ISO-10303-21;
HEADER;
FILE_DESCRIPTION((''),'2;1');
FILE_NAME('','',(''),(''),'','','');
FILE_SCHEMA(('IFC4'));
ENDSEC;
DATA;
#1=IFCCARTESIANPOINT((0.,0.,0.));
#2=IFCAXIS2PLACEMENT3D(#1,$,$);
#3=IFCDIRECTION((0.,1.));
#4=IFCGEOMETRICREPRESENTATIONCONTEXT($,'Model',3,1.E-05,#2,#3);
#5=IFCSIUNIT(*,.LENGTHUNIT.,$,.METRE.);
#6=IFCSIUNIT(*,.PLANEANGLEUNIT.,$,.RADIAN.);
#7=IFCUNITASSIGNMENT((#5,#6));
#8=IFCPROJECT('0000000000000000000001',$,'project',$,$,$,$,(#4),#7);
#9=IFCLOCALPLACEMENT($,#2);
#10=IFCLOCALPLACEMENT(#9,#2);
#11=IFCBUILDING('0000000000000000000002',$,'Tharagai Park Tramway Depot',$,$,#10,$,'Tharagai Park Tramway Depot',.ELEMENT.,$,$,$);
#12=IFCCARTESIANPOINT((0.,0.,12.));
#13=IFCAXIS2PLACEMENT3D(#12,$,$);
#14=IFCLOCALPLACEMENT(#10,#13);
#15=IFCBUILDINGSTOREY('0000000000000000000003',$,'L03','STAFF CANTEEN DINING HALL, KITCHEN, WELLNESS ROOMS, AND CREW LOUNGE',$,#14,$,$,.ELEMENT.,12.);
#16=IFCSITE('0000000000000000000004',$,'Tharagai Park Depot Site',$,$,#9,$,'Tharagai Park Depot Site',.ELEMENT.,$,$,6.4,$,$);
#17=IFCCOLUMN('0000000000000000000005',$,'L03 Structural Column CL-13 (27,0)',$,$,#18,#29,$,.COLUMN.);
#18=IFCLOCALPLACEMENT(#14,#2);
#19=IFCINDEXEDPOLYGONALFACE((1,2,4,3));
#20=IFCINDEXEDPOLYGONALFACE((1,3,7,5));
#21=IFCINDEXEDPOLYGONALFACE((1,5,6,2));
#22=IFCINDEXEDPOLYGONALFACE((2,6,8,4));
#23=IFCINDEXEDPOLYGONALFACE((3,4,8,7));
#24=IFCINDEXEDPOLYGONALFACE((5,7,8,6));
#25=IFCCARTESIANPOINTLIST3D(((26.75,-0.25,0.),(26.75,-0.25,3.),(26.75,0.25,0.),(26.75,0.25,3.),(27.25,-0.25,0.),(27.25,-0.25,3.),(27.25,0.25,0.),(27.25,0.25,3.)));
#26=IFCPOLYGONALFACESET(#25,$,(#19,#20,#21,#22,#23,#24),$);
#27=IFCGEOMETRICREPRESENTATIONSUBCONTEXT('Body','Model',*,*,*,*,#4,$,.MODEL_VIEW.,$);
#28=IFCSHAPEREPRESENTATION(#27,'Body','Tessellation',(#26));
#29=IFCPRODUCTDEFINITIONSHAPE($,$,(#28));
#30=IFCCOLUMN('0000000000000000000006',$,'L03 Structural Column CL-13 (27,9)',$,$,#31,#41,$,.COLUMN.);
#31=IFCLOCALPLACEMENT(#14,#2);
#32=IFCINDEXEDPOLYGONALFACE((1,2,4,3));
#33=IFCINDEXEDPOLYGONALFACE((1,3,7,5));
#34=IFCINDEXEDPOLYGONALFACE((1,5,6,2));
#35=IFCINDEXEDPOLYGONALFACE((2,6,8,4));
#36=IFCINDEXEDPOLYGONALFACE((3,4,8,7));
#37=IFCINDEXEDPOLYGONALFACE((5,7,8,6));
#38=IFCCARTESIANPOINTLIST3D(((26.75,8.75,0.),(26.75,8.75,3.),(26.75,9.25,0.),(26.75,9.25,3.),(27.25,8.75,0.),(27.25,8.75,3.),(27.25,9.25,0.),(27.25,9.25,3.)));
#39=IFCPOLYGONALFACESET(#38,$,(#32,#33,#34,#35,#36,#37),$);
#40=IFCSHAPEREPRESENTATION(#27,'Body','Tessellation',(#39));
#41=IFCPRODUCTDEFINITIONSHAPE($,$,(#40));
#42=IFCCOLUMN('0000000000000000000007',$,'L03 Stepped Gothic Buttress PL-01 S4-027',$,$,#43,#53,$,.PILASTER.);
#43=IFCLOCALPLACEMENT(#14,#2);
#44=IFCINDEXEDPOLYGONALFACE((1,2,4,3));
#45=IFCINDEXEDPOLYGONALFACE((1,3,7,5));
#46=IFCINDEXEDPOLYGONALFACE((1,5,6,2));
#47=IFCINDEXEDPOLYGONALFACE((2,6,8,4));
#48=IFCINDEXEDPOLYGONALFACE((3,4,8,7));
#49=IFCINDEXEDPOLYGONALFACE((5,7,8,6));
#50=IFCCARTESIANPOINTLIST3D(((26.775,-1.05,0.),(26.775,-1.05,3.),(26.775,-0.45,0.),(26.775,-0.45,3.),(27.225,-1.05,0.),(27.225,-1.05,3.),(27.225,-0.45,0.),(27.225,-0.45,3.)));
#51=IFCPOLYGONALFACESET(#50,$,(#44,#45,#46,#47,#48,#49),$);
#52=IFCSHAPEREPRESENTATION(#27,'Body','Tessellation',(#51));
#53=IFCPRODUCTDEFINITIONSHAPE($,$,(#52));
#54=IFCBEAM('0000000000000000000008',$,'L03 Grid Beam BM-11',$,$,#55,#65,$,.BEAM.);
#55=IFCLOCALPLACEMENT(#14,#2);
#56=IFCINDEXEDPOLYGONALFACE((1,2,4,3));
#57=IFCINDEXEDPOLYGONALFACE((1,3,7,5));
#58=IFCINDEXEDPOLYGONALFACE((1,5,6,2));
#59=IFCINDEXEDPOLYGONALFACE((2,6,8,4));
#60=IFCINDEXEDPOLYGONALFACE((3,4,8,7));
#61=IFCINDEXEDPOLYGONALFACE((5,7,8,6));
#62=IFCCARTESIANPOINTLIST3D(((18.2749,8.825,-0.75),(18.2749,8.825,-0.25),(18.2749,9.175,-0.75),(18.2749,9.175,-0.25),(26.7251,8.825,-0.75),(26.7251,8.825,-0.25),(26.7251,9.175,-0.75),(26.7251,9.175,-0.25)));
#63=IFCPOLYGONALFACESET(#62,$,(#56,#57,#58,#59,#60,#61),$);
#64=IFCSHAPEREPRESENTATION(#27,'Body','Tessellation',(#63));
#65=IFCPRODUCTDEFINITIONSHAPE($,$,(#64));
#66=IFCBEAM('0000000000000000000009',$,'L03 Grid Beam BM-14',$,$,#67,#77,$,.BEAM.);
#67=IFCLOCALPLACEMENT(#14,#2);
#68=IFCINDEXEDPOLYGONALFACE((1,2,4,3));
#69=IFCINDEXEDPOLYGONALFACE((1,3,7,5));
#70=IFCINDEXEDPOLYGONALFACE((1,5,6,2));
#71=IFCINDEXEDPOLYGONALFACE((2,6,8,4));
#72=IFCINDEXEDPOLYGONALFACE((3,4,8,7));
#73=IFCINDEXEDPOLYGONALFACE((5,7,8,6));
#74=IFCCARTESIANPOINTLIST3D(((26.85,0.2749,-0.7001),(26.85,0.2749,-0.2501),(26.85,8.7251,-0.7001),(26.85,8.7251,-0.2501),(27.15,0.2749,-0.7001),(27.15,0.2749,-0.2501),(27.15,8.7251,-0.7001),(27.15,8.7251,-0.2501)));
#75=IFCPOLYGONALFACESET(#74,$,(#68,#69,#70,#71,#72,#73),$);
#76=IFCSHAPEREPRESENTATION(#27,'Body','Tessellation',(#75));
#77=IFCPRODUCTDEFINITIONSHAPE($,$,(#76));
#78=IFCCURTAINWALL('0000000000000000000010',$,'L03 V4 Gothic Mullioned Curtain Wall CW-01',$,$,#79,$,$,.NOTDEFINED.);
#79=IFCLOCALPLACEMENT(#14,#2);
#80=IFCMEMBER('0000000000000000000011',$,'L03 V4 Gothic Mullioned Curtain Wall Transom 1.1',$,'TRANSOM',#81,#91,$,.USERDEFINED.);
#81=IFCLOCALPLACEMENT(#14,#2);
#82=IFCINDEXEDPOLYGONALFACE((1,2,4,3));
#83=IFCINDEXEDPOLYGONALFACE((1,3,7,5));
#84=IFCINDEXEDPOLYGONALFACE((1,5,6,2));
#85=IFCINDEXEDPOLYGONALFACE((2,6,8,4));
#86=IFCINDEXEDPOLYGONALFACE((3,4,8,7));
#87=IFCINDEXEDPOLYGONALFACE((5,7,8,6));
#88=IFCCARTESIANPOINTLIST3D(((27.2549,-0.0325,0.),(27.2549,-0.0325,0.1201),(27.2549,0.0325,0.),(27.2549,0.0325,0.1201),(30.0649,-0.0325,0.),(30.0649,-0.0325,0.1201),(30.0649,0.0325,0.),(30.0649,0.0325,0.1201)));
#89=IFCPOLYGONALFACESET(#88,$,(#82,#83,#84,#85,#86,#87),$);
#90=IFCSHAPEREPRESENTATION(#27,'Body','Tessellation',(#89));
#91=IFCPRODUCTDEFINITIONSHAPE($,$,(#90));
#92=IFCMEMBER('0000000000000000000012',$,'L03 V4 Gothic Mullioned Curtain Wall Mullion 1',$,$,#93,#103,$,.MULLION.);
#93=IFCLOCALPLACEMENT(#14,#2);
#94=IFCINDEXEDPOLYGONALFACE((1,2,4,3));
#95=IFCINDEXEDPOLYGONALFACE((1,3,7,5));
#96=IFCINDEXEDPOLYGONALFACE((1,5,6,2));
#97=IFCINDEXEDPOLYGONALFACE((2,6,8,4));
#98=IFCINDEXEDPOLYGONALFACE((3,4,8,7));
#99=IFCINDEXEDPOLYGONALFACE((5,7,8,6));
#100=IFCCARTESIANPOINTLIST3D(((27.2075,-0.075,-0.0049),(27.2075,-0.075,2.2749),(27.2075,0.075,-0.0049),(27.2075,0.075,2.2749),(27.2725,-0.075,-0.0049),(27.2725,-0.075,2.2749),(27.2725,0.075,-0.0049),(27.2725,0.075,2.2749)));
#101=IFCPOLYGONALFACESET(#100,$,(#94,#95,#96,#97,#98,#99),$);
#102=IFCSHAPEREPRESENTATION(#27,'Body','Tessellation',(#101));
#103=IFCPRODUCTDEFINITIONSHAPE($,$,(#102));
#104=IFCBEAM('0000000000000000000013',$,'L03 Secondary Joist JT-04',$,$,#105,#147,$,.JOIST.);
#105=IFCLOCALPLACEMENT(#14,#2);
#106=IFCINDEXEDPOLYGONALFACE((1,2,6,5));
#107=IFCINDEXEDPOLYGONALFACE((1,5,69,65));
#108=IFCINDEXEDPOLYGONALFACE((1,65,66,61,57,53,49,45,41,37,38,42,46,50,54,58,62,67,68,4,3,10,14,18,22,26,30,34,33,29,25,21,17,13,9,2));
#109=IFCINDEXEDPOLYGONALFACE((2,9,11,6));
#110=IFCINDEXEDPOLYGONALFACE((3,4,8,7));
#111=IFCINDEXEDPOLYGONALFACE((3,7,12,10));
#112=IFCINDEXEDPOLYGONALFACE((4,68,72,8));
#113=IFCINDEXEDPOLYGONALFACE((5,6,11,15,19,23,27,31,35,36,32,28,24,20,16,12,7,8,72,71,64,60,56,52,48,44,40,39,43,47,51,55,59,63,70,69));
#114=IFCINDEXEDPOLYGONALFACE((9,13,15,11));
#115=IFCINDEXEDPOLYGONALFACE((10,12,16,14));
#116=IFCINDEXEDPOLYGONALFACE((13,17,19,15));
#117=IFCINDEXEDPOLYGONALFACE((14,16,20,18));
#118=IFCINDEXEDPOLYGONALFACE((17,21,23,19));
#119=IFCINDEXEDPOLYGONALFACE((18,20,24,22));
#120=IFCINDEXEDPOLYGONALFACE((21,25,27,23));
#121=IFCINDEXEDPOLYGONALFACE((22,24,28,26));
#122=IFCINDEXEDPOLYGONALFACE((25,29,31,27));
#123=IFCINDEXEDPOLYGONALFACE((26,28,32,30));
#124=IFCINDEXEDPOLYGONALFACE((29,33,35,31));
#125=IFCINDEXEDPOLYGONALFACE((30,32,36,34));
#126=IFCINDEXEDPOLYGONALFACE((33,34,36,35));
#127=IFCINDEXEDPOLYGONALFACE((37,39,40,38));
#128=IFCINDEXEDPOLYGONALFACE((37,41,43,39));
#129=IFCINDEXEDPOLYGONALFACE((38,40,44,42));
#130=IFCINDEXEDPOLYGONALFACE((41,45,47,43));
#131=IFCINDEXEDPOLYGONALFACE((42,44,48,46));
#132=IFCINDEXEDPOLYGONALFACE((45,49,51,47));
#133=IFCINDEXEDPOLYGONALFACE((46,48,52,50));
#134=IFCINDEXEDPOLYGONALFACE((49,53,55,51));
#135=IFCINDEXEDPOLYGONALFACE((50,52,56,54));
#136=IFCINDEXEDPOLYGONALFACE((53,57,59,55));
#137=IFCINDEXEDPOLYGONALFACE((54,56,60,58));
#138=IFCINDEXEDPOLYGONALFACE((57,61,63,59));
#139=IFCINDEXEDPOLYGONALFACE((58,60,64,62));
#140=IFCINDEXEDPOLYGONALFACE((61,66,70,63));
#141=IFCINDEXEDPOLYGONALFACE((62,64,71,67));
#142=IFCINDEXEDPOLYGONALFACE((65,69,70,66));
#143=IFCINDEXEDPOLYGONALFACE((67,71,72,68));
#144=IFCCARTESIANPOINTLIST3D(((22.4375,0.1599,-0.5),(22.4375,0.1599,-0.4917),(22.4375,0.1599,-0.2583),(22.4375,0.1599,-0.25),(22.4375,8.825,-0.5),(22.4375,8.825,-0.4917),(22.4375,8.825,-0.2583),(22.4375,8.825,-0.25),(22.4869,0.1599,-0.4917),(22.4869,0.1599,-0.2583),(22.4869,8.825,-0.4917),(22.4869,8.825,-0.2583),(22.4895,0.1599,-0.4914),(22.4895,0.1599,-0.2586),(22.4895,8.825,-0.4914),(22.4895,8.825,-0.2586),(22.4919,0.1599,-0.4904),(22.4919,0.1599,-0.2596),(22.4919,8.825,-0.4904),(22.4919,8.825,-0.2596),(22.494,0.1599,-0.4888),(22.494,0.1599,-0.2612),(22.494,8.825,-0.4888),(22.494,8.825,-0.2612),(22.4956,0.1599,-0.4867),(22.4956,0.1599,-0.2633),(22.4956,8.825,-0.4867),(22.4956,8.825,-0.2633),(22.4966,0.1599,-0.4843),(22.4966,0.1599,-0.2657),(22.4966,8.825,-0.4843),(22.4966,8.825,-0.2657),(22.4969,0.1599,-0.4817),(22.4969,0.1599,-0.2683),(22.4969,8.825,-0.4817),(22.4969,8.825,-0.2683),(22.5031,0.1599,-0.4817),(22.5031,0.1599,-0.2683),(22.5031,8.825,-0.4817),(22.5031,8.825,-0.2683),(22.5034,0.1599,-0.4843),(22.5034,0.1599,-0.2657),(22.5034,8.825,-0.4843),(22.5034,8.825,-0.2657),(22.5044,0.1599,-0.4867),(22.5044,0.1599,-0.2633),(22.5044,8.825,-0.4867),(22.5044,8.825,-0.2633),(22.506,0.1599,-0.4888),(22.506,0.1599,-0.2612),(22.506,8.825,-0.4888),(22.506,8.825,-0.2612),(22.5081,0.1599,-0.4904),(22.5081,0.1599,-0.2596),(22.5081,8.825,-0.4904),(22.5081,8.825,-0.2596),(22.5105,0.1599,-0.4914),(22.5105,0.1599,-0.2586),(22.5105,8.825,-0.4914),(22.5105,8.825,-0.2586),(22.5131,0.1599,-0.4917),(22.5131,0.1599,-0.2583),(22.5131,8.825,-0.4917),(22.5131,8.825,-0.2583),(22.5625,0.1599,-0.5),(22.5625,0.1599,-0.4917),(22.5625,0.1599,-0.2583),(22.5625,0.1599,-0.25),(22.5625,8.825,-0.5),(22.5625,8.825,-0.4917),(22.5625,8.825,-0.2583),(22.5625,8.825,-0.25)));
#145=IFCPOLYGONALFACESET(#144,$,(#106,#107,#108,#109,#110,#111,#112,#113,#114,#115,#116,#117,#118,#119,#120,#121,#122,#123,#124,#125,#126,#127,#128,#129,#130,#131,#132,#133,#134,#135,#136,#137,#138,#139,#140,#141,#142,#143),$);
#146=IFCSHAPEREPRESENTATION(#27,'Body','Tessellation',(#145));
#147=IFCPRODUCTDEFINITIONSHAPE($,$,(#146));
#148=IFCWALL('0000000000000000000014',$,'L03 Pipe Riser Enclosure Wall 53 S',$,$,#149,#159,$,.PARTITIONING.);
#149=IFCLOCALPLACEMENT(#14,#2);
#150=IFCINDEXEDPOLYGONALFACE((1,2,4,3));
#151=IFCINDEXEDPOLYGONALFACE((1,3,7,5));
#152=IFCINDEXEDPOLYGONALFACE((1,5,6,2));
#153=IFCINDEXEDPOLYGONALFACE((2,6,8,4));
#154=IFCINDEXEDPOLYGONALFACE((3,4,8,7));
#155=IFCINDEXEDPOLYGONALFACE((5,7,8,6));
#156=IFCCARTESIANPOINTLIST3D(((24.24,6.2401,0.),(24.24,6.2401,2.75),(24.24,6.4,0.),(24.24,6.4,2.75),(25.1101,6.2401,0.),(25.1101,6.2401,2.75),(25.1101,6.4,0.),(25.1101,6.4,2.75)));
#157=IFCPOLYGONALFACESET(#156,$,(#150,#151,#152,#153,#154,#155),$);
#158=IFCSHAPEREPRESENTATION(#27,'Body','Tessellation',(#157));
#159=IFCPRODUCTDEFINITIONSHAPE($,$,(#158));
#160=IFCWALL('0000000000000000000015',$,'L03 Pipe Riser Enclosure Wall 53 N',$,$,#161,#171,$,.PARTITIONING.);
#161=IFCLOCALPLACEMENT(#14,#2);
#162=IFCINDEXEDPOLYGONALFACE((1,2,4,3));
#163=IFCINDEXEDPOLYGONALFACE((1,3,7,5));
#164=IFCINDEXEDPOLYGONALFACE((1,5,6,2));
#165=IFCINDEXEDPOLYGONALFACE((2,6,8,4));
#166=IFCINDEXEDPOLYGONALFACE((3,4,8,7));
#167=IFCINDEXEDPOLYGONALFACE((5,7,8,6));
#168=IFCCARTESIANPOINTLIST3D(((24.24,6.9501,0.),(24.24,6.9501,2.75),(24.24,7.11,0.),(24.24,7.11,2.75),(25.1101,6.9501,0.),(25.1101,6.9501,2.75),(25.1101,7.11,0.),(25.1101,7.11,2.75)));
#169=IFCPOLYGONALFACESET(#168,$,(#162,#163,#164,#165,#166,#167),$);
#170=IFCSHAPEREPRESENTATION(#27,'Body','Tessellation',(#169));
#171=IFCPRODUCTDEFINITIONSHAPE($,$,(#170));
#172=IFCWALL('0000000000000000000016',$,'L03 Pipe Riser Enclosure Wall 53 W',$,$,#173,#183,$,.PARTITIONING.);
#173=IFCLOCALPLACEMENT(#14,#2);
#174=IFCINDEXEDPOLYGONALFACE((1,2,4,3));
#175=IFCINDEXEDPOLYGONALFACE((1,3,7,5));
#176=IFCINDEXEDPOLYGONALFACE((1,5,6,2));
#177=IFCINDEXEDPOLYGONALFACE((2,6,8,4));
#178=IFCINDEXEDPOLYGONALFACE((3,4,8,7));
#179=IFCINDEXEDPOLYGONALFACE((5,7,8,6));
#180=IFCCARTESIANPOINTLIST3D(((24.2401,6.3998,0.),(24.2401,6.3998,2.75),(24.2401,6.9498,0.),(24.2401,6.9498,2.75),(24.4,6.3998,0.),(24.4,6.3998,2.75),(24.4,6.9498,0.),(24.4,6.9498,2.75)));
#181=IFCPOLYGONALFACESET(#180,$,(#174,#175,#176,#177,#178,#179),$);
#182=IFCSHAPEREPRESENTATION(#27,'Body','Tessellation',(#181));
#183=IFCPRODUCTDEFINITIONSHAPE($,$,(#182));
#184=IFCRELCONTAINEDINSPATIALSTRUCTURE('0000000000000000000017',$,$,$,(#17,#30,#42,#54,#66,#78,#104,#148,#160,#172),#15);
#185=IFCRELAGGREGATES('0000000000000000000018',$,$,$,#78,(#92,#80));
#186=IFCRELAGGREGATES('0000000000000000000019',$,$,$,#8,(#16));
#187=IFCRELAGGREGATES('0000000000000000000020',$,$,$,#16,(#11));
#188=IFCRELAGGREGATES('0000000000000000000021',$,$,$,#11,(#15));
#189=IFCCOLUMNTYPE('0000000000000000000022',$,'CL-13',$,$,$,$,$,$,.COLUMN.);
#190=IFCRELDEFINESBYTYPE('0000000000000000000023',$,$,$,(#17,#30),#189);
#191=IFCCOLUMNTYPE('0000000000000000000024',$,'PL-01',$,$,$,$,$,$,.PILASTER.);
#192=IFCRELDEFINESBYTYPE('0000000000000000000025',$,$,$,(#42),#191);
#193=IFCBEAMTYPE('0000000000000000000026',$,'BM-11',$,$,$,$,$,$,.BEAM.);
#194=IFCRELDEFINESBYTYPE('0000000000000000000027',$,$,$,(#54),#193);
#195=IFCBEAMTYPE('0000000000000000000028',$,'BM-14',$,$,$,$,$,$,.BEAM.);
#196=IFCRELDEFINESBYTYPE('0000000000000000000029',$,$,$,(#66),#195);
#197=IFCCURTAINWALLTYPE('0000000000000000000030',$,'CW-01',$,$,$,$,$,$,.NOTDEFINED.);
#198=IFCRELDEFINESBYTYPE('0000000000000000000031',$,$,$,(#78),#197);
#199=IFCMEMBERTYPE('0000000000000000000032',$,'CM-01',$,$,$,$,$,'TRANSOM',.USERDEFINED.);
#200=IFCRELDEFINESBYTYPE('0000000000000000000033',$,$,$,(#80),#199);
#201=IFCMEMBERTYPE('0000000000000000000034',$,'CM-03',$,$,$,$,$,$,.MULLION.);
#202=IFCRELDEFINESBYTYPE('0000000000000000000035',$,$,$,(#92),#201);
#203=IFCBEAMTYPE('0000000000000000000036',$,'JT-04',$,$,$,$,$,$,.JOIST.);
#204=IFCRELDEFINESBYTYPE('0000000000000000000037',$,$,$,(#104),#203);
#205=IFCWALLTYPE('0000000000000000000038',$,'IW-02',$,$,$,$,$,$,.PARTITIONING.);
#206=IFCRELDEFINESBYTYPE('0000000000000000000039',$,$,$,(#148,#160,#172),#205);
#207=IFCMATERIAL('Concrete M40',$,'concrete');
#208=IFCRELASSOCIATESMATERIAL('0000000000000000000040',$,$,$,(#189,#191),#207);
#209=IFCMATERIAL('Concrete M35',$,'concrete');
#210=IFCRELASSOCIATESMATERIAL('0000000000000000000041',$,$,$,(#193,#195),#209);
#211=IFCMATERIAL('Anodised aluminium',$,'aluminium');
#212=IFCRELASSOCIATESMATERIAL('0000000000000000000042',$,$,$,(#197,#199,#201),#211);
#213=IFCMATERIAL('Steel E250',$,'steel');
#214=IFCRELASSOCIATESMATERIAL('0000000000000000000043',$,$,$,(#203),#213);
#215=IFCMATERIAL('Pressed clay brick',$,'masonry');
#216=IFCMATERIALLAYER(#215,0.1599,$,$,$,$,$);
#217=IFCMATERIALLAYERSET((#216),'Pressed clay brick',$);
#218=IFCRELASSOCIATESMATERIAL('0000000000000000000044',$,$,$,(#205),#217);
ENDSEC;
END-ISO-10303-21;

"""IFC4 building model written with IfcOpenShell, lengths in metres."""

from ifc_helpers import new_model, si_unit, direction, frame, frame_2d, origin, origin_2d, place, context, subcontext, project, spatial, rectangle, i_section, extrude, material, layer, layer_set, material_profile, profile_set, type_object, element, aggregate, save


model = new_model("IFC4")

# Units and contexts
model_context = context("Model", 3, precision=1e-05, world=origin(), true_north=direction((0.0, 1.0)))
body_context = subcontext(model_context, "Body", "Model", "MODEL_VIEW")
ifc_project = project(units=[si_unit("LENGTHUNIT", "METRE"), si_unit("PLANEANGLEUNIT", "RADIAN")], contexts=[model_context])

# Site, building, storey
site_placement = place(None, origin())
site = spatial("IfcSite", under=ifc_project, at=site_placement, Name="Tharagai Park Depot Site", LongName="Tharagai Park Depot Site", CompositionType="ELEMENT", RefElevation=6.4)
building_placement = place(site_placement, origin())
building = spatial("IfcBuilding", under=site, at=building_placement, Name="Tharagai Park Tramway Depot", LongName="Tharagai Park Tramway Depot", CompositionType="ELEMENT")
storey_placement = place(building_placement, frame((0.0, 0.0, 12.0)))
storey = spatial("IfcBuildingStorey", under=building, at=storey_placement, Name="L03", Description="STAFF CANTEEN DINING HALL, KITCHEN, WELLNESS ROOMS, AND CREW LOUNGE", CompositionType="ELEMENT", Elevation=12.0)

# Columns
ifc_material_1 = material(Name="Concrete M40", Category="concrete")
ifc_material_profile_1 = material_profile(ifc_material_1, rectangle(XDim=0.5, YDim=0.5, at=origin_2d()), Name="RC 500x500")
ifc_profile_set_1 = profile_set([ifc_material_profile_1], Name="Concrete M40")
column_type_1 = type_object("IfcColumnType", Name="CL-13", PredefinedType="COLUMN", material=ifc_profile_set_1)
for number, where, z_axis, x_axis, name in (
    (1, (27.0, 0.0, 0.0), (0.0, 0.0, 1.0), (1.0, 0.0, 0.0), "L03 Structural Column CL-13 (27,0)"),
    (2, (27.0, 9.0, 0.0), (0.0, 0.0, 1.0), (1.0, 0.0, 0.0), "L03 Structural Column CL-13 (27,9)"),
):
    element("IfcColumn", number, at=place(storey_placement, frame(where, z_axis=z_axis, x_axis=x_axis)), inside=storey, type_object=column_type_1, Name=name, PredefinedType="COLUMN", context=body_context, shape_type="SweptSolid", body=[
        extrude(rectangle(XDim=0.5, YDim=0.5, at=origin_2d()), origin(), (0.0, 0.0, 1.0), 3.0),
    ])
ifc_material_profile_2 = material_profile(ifc_material_1, rectangle(XDim=0.45, YDim=0.6001, at=origin_2d()), Name="RC 450x600")
ifc_profile_set_2 = profile_set([ifc_material_profile_2], Name="Concrete M40")
column_type_2 = type_object("IfcColumnType", Name="PL-01", PredefinedType="PILASTER", material=ifc_profile_set_2)
column_placement = place(storey_placement, frame((27.0, -0.75, 0.0), z_axis=(0.0, 0.0, 1.0), x_axis=(1.0, 0.0, 0.0)))
element("IfcColumn", 3, at=column_placement, inside=storey, type_object=column_type_2, Name="L03 Stepped Gothic Buttress PL-01 S4-027", PredefinedType="PILASTER", context=body_context, shape_type="SweptSolid", body=[
    extrude(rectangle(XDim=0.45, YDim=0.6001, at=origin_2d()), origin(), (0.0, 0.0, 1.0), 3.0),
])

# Beams
ifc_material_2 = material(Name="Concrete M35", Category="concrete")
ifc_material_profile_3 = material_profile(ifc_material_2, rectangle(XDim=0.3501, YDim=0.5, at=origin_2d()), Name="RC 350x500")
ifc_profile_set_3 = profile_set([ifc_material_profile_3], Name="Concrete M35")
beam_type_1 = type_object("IfcBeamType", Name="BM-11", PredefinedType="BEAM", material=ifc_profile_set_3)
beam_1_placement = place(storey_placement, frame((18.2749, 9.0, -0.5), z_axis=(1.0, 0.0, 0.0), x_axis=(0.0, 1.0, 0.0)))
element("IfcBeam", 4, at=beam_1_placement, inside=storey, type_object=beam_type_1, Name="L03 Grid Beam BM-11", PredefinedType="BEAM", context=body_context, shape_type="SweptSolid", body=[
    extrude(rectangle(XDim=0.3501, YDim=0.5, at=origin_2d()), origin(), (0.0, 0.0, 1.0), 8.4502),
])
ifc_material_profile_4 = material_profile(ifc_material_2, rectangle(XDim=0.3, YDim=0.45, at=origin_2d()), Name="RC 300x450")
ifc_profile_set_4 = profile_set([ifc_material_profile_4], Name="Concrete M35")
beam_type_2 = type_object("IfcBeamType", Name="BM-14", PredefinedType="BEAM", material=ifc_profile_set_4)
beam_2_placement = place(storey_placement, frame((27.0, 0.2749, -0.4751), z_axis=(0.0, 1.0, 0.0), x_axis=(-1.0, 0.0, 0.0)))
element("IfcBeam", 5, at=beam_2_placement, inside=storey, type_object=beam_type_2, Name="L03 Grid Beam BM-14", PredefinedType="BEAM", context=body_context, shape_type="SweptSolid", body=[
    extrude(rectangle(XDim=0.3, YDim=0.45, at=origin_2d()), origin(), (0.0, 0.0, 1.0), 8.4502),
])

# Curtain wall, members
ifc_material_3 = material(Name="Anodised aluminium", Category="aluminium")
curtain_wall_type = type_object("IfcCurtainWallType", Name="CW-01", PredefinedType="NOTDEFINED", material=ifc_material_3)
curtain_wall_placement = place(storey_placement, origin())
curtain_wall = element("IfcCurtainWall", 6, at=curtain_wall_placement, inside=storey, type_object=curtain_wall_type, Name="L03 V4 Gothic Mullioned Curtain Wall CW-01", PredefinedType="NOTDEFINED")
ifc_material_profile_5 = material_profile(ifc_material_3, rectangle(XDim=0.0649, YDim=0.1201, at=origin_2d()), Name="ALU 65x120")
ifc_profile_set_5 = profile_set([ifc_material_profile_5], Name="Anodised aluminium")
member_type_1 = type_object("IfcMemberType", Name="CM-01", ElementType="TRANSOM", PredefinedType="USERDEFINED", material=ifc_profile_set_5)
member_1_placement = place(storey_placement, frame((27.2549, 0.0, 0.0601), z_axis=(1.0, 0.0, 0.0), x_axis=(0.0, 1.0, 0.0)))
member_1 = element("IfcMember", 7, at=member_1_placement, type_object=member_type_1, Name="L03 V4 Gothic Mullioned Curtain Wall Transom 1.1", ObjectType="TRANSOM", PredefinedType="USERDEFINED", context=body_context, shape_type="SweptSolid", body=[
    extrude(rectangle(XDim=0.0649, YDim=0.1201, at=origin_2d()), origin(), (0.0, 0.0, 1.0), 2.8101),
])
ifc_material_profile_6 = material_profile(ifc_material_3, rectangle(XDim=0.0649, YDim=0.1499, at=origin_2d()), Name="ALU 65x150")
ifc_profile_set_6 = profile_set([ifc_material_profile_6], Name="Anodised aluminium")
member_type_2 = type_object("IfcMemberType", Name="CM-03", PredefinedType="MULLION", material=ifc_profile_set_6)
member_2_placement = place(storey_placement, frame((27.24, 0.0, -0.0049), z_axis=(0.0, 0.0, 1.0), x_axis=(1.0, 0.0, 0.0)))
member_2 = element("IfcMember", 8, at=member_2_placement, type_object=member_type_2, Name="L03 V4 Gothic Mullioned Curtain Wall Mullion 1", PredefinedType="MULLION", context=body_context, shape_type="SweptSolid", body=[
    extrude(rectangle(XDim=0.0649, YDim=0.1499, at=origin_2d()), origin(), (0.0, 0.0, 1.0), 2.2798),
])
aggregate(curtain_wall, [member_2, member_1])

# Beam
ifc_material_4 = material(Name="Steel E250", Category="steel")
ifc_material_profile_7 = material_profile(ifc_material_4, i_section(OverallWidth=0.125, OverallDepth=0.25, WebThickness=0.0061, FlangeThickness=0.0083, FilletRadius=0.01, at=origin_2d()), Name="ISLB 250")
ifc_profile_set_7 = profile_set([ifc_material_profile_7], Name="Steel E250")
beam_type_3 = type_object("IfcBeamType", Name="JT-04", PredefinedType="JOIST", material=ifc_profile_set_7)
beam_3_placement = place(storey_placement, frame((22.5, 0.1599, -0.375), z_axis=(0.0, 1.0, 0.0), x_axis=(-1.0, 0.0, 0.0)))
element("IfcBeam", 9, at=beam_3_placement, inside=storey, type_object=beam_type_3, Name="L03 Secondary Joist JT-04", PredefinedType="JOIST", context=body_context, shape_type="SweptSolid", body=[
    extrude(i_section(OverallWidth=0.125, OverallDepth=0.25, WebThickness=0.0061, FlangeThickness=0.0083, FilletRadius=0.01, at=origin_2d()), origin(), (0.0, 0.0, 1.0), 8.665),
])

# Walls
ifc_material_5 = material(Name="Pressed clay brick", Category="masonry")
ifc_layer_1 = layer(ifc_material_5, 0.1599)
ifc_layer_set_1 = layer_set([ifc_layer_1], Name="Pressed clay brick")
wall_type_1 = type_object("IfcWallType", Name="IW-02", PredefinedType="PARTITIONING", material=ifc_layer_set_1)
for number, where, z_axis, x_axis, name in (
    (10, (24.24, 6.3201, 0.0), (0.0, 0.0, 1.0), (1.0, 0.0, 0.0), "L03 Pipe Riser Enclosure Wall 53 S"),
    (11, (24.24, 7.03, 0.0), (0.0, 0.0, 1.0), (1.0, 0.0, 0.0), "L03 Pipe Riser Enclosure Wall 53 N"),
):
    element("IfcWall", number, at=place(storey_placement, frame(where, z_axis=z_axis, x_axis=x_axis)), inside=storey, type_object=wall_type_1, Name=name, PredefinedType="PARTITIONING", context=body_context, shape_type="SweptSolid", body=[
        extrude(rectangle(XDim=0.8701, YDim=0.1599, at=frame_2d((0.4351, 0.0))), origin(), (0.0, 0.0, 1.0), 2.75),
    ])
for number, where, z_axis, x_axis, name in (
    (12, (24.3201, 6.3999, 0.0), (0.0, 0.0, 1.0), (0.0, 1.0, 0.0), "L03 Pipe Riser Enclosure Wall 53 W"),
):
    element("IfcWall", number, at=place(storey_placement, frame(where, z_axis=z_axis, x_axis=x_axis)), inside=storey, type_object=wall_type_1, Name=name, PredefinedType="PARTITIONING", context=body_context, shape_type="SweptSolid", body=[
        extrude(rectangle(XDim=0.55, YDim=0.1599, at=frame_2d((0.2749, 0.0))), origin(), (0.0, 0.0, 1.0), 2.75),
    ])

save(model, "model.ifc")
